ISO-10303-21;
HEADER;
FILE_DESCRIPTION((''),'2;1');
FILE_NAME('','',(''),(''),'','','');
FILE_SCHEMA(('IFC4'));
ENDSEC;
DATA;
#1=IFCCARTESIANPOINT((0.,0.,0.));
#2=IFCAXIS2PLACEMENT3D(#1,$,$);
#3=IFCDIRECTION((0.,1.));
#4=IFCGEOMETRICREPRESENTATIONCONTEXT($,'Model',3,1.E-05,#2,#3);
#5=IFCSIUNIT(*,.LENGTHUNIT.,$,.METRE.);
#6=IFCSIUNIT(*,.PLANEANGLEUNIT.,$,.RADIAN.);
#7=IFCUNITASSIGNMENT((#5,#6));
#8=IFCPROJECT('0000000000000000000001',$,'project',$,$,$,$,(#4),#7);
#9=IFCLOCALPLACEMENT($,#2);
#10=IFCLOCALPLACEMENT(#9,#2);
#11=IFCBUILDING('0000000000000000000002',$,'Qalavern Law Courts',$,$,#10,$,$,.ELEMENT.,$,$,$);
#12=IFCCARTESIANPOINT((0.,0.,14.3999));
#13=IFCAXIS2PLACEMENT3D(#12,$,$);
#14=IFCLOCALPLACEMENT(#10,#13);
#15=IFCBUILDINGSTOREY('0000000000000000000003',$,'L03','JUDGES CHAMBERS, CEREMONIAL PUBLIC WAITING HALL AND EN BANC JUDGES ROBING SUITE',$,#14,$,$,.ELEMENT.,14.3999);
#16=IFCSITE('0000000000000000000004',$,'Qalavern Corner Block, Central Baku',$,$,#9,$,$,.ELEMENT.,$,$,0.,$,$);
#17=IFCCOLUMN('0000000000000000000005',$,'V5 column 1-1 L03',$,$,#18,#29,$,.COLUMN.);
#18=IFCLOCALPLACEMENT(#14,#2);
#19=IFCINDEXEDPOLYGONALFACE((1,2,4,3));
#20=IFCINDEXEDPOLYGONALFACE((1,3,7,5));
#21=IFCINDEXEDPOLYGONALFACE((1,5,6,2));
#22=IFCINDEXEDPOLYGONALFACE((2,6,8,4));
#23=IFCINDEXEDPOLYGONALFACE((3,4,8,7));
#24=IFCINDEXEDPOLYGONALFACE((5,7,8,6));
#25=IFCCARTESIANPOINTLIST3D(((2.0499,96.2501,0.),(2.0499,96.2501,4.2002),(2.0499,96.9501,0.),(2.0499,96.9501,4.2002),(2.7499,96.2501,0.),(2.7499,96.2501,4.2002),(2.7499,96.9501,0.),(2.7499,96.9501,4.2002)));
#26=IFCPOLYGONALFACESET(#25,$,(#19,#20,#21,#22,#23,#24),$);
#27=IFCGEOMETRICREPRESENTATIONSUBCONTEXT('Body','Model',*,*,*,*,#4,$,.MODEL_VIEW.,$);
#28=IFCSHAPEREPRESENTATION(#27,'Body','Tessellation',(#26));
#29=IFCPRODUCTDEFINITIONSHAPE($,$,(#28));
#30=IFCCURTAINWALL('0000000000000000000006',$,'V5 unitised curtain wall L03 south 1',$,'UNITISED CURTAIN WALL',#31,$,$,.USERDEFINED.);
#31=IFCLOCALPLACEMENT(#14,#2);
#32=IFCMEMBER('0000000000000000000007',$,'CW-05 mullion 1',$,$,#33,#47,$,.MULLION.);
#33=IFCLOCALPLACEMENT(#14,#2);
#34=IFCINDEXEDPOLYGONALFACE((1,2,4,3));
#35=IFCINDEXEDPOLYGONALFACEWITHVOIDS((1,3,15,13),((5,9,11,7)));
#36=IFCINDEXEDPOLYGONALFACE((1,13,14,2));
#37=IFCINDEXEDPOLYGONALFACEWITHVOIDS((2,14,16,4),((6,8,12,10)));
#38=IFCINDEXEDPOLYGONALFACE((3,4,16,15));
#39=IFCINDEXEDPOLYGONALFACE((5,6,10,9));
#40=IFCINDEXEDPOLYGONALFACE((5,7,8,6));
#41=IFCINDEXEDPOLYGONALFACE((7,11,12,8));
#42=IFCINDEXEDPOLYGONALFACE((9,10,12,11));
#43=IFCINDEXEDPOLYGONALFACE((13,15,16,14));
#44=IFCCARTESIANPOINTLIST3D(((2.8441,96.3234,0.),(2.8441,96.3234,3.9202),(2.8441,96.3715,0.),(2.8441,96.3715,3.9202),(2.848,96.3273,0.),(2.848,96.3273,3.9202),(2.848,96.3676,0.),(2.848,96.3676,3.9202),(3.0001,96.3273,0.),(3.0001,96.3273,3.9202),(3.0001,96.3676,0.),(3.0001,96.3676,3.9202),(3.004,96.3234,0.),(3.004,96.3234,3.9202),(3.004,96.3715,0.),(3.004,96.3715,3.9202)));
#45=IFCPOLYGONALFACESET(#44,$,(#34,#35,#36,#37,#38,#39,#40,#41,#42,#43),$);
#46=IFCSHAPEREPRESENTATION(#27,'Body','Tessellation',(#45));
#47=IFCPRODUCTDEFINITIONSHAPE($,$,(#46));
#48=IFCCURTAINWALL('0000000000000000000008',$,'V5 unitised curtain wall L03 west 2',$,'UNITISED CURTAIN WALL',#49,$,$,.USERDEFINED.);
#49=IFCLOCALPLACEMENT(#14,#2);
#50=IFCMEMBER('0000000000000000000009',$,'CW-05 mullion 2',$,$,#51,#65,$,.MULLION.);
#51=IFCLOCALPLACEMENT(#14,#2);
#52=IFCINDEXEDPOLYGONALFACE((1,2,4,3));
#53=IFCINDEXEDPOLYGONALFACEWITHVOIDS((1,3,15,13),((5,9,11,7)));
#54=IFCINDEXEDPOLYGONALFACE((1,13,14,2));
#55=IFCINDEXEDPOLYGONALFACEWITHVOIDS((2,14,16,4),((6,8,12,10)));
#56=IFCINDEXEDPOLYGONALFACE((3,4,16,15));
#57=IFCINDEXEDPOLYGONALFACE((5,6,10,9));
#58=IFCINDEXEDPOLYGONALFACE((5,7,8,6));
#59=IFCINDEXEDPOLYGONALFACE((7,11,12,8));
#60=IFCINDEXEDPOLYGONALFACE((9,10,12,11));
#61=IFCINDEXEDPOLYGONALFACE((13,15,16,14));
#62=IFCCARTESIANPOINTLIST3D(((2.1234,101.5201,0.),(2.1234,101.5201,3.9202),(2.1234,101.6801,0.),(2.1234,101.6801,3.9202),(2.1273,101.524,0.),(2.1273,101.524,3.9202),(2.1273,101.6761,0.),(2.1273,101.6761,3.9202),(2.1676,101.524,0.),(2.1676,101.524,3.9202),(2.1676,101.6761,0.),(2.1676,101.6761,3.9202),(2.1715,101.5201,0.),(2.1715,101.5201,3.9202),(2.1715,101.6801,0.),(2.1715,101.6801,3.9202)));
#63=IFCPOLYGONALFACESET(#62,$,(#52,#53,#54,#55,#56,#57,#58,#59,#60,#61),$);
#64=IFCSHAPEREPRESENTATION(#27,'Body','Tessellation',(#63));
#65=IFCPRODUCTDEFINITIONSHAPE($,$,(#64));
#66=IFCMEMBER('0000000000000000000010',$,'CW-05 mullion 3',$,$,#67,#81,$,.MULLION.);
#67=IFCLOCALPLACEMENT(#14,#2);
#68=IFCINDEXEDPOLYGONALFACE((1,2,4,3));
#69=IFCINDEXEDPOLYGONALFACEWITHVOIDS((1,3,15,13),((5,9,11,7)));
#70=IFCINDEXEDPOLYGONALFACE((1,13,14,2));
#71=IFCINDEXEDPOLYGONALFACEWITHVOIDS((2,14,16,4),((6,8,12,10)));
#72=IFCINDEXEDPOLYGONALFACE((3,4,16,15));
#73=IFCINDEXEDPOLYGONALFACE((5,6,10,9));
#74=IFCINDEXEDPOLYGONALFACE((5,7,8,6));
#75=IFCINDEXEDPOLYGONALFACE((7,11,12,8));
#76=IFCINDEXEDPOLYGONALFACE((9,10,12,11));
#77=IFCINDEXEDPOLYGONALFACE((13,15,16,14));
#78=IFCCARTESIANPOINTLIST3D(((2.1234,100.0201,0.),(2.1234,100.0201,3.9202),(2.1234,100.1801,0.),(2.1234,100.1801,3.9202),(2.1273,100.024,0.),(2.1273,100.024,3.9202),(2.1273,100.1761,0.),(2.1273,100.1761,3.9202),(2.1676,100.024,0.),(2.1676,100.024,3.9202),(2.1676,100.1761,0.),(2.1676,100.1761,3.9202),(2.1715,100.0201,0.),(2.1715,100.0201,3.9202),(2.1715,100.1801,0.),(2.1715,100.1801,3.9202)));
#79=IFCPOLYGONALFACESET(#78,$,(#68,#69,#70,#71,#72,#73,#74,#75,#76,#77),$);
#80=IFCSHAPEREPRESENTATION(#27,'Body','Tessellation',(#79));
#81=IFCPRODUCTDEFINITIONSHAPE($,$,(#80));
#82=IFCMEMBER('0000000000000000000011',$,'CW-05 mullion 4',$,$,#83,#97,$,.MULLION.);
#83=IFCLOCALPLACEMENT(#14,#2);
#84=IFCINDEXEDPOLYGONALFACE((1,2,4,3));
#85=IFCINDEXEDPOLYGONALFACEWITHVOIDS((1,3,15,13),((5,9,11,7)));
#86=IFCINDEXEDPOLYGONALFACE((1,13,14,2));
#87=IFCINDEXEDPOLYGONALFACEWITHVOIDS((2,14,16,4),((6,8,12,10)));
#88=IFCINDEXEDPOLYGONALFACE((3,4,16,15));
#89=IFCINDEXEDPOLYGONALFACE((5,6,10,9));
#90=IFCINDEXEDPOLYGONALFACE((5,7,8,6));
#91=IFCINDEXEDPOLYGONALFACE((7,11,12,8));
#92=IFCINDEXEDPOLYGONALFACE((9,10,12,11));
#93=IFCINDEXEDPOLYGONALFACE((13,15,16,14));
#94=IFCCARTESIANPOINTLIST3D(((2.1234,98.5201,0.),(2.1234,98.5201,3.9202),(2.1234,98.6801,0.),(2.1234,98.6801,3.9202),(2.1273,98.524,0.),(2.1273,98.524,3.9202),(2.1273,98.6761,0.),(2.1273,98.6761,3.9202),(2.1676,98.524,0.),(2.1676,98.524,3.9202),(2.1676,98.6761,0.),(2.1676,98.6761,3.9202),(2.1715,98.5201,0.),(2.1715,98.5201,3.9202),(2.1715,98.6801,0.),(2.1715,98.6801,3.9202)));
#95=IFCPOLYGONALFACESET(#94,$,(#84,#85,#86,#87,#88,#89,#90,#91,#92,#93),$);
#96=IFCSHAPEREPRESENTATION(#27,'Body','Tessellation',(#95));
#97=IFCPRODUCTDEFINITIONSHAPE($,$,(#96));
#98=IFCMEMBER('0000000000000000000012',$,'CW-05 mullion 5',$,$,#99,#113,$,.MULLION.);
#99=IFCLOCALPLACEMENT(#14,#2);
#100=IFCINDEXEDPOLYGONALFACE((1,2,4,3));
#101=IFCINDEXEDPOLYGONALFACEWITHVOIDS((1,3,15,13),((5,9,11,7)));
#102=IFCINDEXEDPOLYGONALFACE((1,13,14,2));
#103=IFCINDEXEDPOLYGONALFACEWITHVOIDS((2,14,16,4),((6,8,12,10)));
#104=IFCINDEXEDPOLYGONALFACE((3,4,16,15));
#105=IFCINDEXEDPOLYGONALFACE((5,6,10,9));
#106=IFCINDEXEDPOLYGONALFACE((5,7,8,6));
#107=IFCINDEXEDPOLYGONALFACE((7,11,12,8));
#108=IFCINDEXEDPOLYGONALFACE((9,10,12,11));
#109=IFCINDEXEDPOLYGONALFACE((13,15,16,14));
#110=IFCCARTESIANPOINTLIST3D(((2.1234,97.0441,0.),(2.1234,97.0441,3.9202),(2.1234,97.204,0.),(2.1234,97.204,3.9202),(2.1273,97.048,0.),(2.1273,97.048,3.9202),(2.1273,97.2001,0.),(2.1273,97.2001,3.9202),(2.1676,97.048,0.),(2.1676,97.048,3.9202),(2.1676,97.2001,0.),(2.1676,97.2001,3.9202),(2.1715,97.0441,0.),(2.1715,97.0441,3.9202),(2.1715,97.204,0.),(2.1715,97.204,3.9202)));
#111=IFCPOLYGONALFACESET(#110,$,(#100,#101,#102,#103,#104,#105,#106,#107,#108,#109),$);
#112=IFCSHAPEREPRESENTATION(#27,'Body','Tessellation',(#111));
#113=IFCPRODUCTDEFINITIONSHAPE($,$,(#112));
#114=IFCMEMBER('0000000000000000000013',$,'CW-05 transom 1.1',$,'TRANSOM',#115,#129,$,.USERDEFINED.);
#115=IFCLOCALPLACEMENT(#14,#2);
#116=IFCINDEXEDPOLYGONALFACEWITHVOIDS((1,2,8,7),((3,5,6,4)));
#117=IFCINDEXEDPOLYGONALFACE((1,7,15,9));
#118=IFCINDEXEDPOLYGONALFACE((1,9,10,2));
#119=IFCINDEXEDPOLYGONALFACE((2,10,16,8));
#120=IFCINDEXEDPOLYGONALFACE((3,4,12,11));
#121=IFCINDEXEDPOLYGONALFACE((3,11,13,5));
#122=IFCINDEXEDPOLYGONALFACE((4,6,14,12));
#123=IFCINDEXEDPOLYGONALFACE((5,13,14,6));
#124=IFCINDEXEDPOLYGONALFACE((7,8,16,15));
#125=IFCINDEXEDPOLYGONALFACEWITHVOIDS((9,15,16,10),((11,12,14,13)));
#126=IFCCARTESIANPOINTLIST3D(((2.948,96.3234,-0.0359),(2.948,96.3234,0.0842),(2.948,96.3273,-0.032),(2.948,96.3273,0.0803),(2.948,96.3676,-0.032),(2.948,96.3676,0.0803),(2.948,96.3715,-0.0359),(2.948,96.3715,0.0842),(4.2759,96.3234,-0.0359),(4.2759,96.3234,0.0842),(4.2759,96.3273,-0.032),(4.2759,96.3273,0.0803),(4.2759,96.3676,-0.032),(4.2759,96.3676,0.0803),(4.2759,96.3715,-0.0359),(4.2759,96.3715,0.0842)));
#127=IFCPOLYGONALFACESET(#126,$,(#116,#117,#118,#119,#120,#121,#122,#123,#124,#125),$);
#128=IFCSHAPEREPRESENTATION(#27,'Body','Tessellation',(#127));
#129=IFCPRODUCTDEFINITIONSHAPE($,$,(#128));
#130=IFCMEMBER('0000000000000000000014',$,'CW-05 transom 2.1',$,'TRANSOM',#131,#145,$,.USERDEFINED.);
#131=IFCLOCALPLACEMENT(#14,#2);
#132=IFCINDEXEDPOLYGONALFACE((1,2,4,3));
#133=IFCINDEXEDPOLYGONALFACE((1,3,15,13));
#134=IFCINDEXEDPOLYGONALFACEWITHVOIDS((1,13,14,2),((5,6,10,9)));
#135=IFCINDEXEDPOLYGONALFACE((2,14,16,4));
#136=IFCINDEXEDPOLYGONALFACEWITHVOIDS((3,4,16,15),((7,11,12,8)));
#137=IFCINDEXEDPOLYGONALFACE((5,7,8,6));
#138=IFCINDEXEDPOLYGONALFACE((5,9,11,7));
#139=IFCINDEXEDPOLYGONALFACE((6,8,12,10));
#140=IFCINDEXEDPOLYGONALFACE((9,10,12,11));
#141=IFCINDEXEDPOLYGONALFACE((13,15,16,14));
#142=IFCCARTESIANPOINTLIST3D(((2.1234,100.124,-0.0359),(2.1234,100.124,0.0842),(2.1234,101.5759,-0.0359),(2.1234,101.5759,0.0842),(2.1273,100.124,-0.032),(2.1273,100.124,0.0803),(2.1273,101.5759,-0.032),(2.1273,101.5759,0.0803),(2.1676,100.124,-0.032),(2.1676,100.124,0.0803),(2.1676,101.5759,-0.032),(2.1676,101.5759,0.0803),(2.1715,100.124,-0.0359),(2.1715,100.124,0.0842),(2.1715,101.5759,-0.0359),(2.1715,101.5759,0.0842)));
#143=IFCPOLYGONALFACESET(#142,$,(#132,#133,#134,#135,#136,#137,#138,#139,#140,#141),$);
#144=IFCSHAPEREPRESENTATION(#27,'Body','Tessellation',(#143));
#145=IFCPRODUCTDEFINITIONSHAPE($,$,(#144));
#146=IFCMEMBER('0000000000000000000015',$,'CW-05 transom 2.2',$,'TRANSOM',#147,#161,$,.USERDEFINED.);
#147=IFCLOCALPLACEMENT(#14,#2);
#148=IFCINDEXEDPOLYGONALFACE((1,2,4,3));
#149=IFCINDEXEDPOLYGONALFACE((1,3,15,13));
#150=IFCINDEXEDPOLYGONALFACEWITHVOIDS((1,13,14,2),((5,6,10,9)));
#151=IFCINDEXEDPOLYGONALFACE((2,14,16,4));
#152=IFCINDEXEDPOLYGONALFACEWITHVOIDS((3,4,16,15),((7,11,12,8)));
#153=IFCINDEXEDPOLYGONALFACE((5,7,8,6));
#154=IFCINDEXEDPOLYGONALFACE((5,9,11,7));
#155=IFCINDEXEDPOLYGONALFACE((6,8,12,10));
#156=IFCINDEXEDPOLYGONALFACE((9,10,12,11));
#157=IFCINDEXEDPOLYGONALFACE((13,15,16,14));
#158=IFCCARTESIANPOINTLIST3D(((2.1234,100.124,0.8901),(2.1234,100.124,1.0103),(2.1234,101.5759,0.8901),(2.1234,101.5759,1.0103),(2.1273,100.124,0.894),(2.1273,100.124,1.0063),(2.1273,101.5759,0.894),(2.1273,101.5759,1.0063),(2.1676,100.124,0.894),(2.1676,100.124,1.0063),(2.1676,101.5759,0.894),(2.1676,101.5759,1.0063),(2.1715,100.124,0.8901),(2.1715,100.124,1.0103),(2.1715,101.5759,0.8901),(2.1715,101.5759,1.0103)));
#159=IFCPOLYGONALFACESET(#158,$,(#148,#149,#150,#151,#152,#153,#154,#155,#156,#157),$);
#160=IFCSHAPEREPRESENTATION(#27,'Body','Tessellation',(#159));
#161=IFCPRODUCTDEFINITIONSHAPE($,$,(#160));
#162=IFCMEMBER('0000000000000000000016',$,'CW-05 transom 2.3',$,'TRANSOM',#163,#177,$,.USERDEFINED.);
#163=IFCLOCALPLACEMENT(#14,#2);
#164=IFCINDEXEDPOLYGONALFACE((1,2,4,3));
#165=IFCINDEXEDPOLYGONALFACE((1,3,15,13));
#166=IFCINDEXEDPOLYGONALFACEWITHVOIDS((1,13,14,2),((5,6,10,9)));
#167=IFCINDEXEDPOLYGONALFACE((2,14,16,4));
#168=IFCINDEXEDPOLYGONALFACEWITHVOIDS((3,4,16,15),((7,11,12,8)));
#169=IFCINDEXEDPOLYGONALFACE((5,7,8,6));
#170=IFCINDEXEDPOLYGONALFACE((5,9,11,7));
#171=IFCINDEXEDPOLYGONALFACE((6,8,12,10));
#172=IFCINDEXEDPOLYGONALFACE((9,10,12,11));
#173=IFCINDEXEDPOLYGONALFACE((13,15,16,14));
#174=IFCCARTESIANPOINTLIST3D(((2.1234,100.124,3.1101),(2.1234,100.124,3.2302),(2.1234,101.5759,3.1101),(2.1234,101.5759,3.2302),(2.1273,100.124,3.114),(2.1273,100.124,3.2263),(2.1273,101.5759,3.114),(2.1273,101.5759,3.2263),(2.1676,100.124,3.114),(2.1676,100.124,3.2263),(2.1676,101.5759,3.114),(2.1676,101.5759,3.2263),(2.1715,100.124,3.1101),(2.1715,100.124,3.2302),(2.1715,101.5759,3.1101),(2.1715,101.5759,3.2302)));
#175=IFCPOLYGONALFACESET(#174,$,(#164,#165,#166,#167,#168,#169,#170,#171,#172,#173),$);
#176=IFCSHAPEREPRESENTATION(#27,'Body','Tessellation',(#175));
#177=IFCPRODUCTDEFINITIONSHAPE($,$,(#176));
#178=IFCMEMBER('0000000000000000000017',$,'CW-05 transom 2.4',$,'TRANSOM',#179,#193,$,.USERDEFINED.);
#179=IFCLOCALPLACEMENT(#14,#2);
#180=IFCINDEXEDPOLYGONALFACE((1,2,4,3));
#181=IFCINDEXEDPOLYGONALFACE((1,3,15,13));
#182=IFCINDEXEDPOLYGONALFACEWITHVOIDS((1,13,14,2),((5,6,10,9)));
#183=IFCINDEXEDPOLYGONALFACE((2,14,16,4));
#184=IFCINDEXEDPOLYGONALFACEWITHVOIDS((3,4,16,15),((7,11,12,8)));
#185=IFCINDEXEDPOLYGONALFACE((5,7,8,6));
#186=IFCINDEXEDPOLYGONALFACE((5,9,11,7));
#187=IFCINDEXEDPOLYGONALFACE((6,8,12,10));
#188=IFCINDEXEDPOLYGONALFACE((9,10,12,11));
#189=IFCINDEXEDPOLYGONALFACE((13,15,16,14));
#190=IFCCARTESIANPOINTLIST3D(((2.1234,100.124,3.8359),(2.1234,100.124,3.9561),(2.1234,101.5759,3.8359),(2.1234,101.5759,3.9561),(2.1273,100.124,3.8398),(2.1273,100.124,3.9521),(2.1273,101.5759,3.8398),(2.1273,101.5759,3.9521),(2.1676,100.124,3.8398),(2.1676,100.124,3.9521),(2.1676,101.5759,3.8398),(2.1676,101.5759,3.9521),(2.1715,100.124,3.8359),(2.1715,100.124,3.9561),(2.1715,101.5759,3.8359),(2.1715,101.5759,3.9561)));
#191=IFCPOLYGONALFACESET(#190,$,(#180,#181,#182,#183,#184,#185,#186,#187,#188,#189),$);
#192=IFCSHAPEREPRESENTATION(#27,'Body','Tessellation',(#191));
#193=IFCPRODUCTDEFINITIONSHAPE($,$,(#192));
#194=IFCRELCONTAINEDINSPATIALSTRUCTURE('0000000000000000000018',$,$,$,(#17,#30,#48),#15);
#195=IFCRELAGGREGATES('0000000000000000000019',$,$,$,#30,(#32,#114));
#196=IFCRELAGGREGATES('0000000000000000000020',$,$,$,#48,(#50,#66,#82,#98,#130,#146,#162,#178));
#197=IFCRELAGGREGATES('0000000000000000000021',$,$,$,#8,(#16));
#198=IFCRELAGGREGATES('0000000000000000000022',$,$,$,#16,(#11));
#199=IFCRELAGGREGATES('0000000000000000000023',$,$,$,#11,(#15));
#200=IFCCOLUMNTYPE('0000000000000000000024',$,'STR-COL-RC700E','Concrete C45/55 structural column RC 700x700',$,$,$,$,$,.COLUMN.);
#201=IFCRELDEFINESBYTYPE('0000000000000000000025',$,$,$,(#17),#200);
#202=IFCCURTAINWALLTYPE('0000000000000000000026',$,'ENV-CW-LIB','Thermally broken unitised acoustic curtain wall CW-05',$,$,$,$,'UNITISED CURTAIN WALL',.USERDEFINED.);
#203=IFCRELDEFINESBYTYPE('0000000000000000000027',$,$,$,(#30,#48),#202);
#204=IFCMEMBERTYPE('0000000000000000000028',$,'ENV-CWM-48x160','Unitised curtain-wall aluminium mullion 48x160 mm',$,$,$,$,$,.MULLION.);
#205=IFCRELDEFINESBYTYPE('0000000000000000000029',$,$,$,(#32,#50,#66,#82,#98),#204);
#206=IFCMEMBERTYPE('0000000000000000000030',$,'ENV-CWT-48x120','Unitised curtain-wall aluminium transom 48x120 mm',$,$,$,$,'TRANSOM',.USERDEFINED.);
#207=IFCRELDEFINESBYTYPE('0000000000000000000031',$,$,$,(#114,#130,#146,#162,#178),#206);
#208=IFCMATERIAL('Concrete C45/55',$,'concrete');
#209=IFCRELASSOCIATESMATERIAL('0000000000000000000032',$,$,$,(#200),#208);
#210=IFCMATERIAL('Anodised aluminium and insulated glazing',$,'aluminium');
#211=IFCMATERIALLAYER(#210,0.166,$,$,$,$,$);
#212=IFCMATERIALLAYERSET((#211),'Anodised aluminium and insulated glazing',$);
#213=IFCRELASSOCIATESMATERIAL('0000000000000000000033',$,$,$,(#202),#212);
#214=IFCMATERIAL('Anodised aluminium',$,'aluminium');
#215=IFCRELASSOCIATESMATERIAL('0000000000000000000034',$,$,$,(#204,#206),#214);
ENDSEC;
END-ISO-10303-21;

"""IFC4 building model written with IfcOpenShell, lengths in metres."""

from ifc_helpers import new_model, si_unit, direction, frame, origin, origin_2d, place, context, subcontext, project, spatial, rectangle, hollow_rectangle, extrude, material, layer, layer_set, material_profile, profile_set, type_object, element, aggregate, save


model = new_model("IFC4")

# Units and contexts
model_context = context("Model", 3, precision=1e-05, world=origin(), true_north=direction((0.0, 1.0)))
body_context = subcontext(model_context, "Body", "Model", "MODEL_VIEW")
ifc_project = project(units=[si_unit("LENGTHUNIT", "METRE"), si_unit("PLANEANGLEUNIT", "RADIAN")], contexts=[model_context])

# Site, building, storey
site_placement = place(None, origin())
site = spatial("IfcSite", under=ifc_project, at=site_placement, Name="Qalavern Corner Block, Central Baku", CompositionType="ELEMENT", RefElevation=0.0)
building_placement = place(site_placement, origin())
building = spatial("IfcBuilding", under=site, at=building_placement, Name="Qalavern Law Courts", CompositionType="ELEMENT")
storey_placement = place(building_placement, frame((0.0, 0.0, 14.3999)))
storey = spatial("IfcBuildingStorey", under=building, at=storey_placement, Name="L03", Description="JUDGES CHAMBERS, CEREMONIAL PUBLIC WAITING HALL AND EN BANC JUDGES ROBING SUITE", CompositionType="ELEMENT", Elevation=14.3999)

# Column
ifc_material_1 = material(Name="Concrete C45/55", Category="concrete")
ifc_material_profile_1 = material_profile(ifc_material_1, rectangle(XDim=0.7, YDim=0.7, at=origin_2d()), Name="RC 700x700")
ifc_profile_set_1 = profile_set([ifc_material_profile_1], Name="Concrete C45/55")
column_type = type_object("IfcColumnType", Name="STR-COL-RC700E", Description="Concrete C45/55 structural column RC 700x700", PredefinedType="COLUMN", material=ifc_profile_set_1)
column_placement = place(storey_placement, frame((2.3999, 96.6001, 0.0), z_axis=(0.0, 0.0, 1.0), x_axis=(1.0, 0.0, 0.0)))
element("IfcColumn", 1, at=column_placement, inside=storey, type_object=column_type, Name="V5 column 1-1 L03", PredefinedType="COLUMN", context=body_context, shape_type="SweptSolid", body=[
    extrude(rectangle(XDim=0.7, YDim=0.7, at=origin_2d()), origin(), (0.0, 0.0, 1.0), 4.2002),
])

# Curtain wall, member
ifc_material_2 = material(Name="Anodised aluminium and insulated glazing", Category="aluminium")
ifc_layer_1 = layer(ifc_material_2, 0.166)
ifc_layer_set_1 = layer_set([ifc_layer_1], Name="Anodised aluminium and insulated glazing")
curtain_wall_type = type_object("IfcCurtainWallType", Name="ENV-CW-LIB", Description="Thermally broken unitised acoustic curtain wall CW-05", ElementType="UNITISED CURTAIN WALL", PredefinedType="USERDEFINED", material=ifc_layer_set_1)
curtain_wall_1_placement = place(storey_placement, origin())
curtain_wall_1 = element("IfcCurtainWall", 2, at=curtain_wall_1_placement, inside=storey, type_object=curtain_wall_type, Name="V5 unitised curtain wall L03 south 1", ObjectType="UNITISED CURTAIN WALL", PredefinedType="USERDEFINED")
ifc_material_3 = material(Name="Anodised aluminium", Category="aluminium")
ifc_material_profile_2 = material_profile(ifc_material_3, hollow_rectangle(XDim=0.0481, YDim=0.1599, WallThickness=0.0039, at=origin_2d()), Name="ALU MULLION 48x160")
ifc_profile_set_2 = profile_set([ifc_material_profile_2], Name="Anodised aluminium")
member_type_1 = type_object("IfcMemberType", Name="ENV-CWM-48x160", Description="Unitised curtain-wall aluminium mullion 48x160 mm", PredefinedType="MULLION", material=ifc_profile_set_2)
member_1_placement = place(storey_placement, frame((2.9241, 96.3474, 0.0), z_axis=(0.0, 0.0, 1.0), x_axis=(0.0, 1.0, 0.0)))
member_1 = element("IfcMember", 3, at=member_1_placement, type_object=member_type_1, Name="CW-05 mullion 1", PredefinedType="MULLION", context=body_context, shape_type="SweptSolid", body=[
    extrude(hollow_rectangle(XDim=0.0481, YDim=0.1599, WallThickness=0.0039, at=origin_2d()), origin(), (0.0, 0.0, 1.0), 3.9202),
])

# Curtain wall, members
curtain_wall_2_placement = place(storey_placement, origin())
curtain_wall_2 = element("IfcCurtainWall", 4, at=curtain_wall_2_placement, inside=storey, type_object=curtain_wall_type, Name="V5 unitised curtain wall L03 west 2", ObjectType="UNITISED CURTAIN WALL", PredefinedType="USERDEFINED")
member_2_placement = place(storey_placement, frame((2.1475, 101.6001, 0.0), z_axis=(0.0, 0.0, 1.0), x_axis=(1.0, 0.0, 0.0)))
member_2 = element("IfcMember", 5, at=member_2_placement, type_object=member_type_1, Name="CW-05 mullion 2", PredefinedType="MULLION", context=body_context, shape_type="SweptSolid", body=[
    extrude(hollow_rectangle(XDim=0.0481, YDim=0.1599, WallThickness=0.0039, at=origin_2d()), origin(), (0.0, 0.0, 1.0), 3.9202),
])
member_3_placement = place(storey_placement, frame((2.1475, 100.1001, 0.0), z_axis=(0.0, 0.0, 1.0), x_axis=(1.0, 0.0, 0.0)))
member_3 = element("IfcMember", 6, at=member_3_placement, type_object=member_type_1, Name="CW-05 mullion 3", PredefinedType="MULLION", context=body_context, shape_type="SweptSolid", body=[
    extrude(hollow_rectangle(XDim=0.0481, YDim=0.1599, WallThickness=0.0039, at=origin_2d()), origin(), (0.0, 0.0, 1.0), 3.9202),
])
member_4_placement = place(storey_placement, frame((2.1475, 98.6001, 0.0), z_axis=(0.0, 0.0, 1.0), x_axis=(1.0, 0.0, 0.0)))
member_4 = element("IfcMember", 7, at=member_4_placement, type_object=member_type_1, Name="CW-05 mullion 4", PredefinedType="MULLION", context=body_context, shape_type="SweptSolid", body=[
    extrude(hollow_rectangle(XDim=0.0481, YDim=0.1599, WallThickness=0.0039, at=origin_2d()), origin(), (0.0, 0.0, 1.0), 3.9202),
])
member_5_placement = place(storey_placement, frame((2.1475, 97.124, 0.0), z_axis=(0.0, 0.0, 1.0), x_axis=(1.0, 0.0, 0.0)))
member_5 = element("IfcMember", 8, at=member_5_placement, type_object=member_type_1, Name="CW-05 mullion 5", PredefinedType="MULLION", context=body_context, shape_type="SweptSolid", body=[
    extrude(hollow_rectangle(XDim=0.0481, YDim=0.1599, WallThickness=0.0039, at=origin_2d()), origin(), (0.0, 0.0, 1.0), 3.9202),
])

# Members
ifc_material_profile_3 = material_profile(ifc_material_3, hollow_rectangle(XDim=0.0481, YDim=0.1201, WallThickness=0.0039, at=origin_2d()), Name="ALU TRANSOM 48x120")
ifc_profile_set_3 = profile_set([ifc_material_profile_3], Name="Anodised aluminium")
member_type_2 = type_object("IfcMemberType", Name="ENV-CWT-48x120", Description="Unitised curtain-wall aluminium transom 48x120 mm", ElementType="TRANSOM", PredefinedType="USERDEFINED", material=ifc_profile_set_3)
member_6_placement = place(storey_placement, frame((2.948, 96.3474, 0.0242), z_axis=(1.0, 0.0, 0.0), x_axis=(0.0, 1.0, 0.0)))
member_6 = element("IfcMember", 9, at=member_6_placement, type_object=member_type_2, Name="CW-05 transom 1.1", ObjectType="TRANSOM", PredefinedType="USERDEFINED", context=body_context, shape_type="SweptSolid", body=[
    extrude(hollow_rectangle(XDim=0.0481, YDim=0.1201, WallThickness=0.0039, at=origin_2d()), origin(), (0.0, 0.0, 1.0), 1.3279),
])
aggregate(curtain_wall_1, [member_1, member_6])
member_7_placement = place(storey_placement, frame((2.1475, 101.5759, 0.0242), z_axis=(0.0, -1.0, 0.0), x_axis=(1.0, 0.0, 0.0)))
member_7 = element("IfcMember", 10, at=member_7_placement, type_object=member_type_2, Name="CW-05 transom 2.1", ObjectType="TRANSOM", PredefinedType="USERDEFINED", context=body_context, shape_type="SweptSolid", body=[
    extrude(hollow_rectangle(XDim=0.0481, YDim=0.1201, WallThickness=0.0039, at=origin_2d()), origin(), (0.0, 0.0, 1.0), 1.4519),
])
member_8_placement = place(storey_placement, frame((2.1475, 101.5759, 0.9502), z_axis=(0.0, -1.0, 0.0), x_axis=(1.0, 0.0, 0.0)))
member_8 = element("IfcMember", 11, at=member_8_placement, type_object=member_type_2, Name="CW-05 transom 2.2", ObjectType="TRANSOM", PredefinedType="USERDEFINED", context=body_context, shape_type="SweptSolid", body=[
    extrude(hollow_rectangle(XDim=0.0481, YDim=0.1201, WallThickness=0.0039, at=origin_2d()), origin(), (0.0, 0.0, 1.0), 1.4519),
])
member_9_placement = place(storey_placement, frame((2.1475, 101.5759, 3.1702), z_axis=(0.0, -1.0, 0.0), x_axis=(1.0, 0.0, 0.0)))
member_9 = element("IfcMember", 12, at=member_9_placement, type_object=member_type_2, Name="CW-05 transom 2.3", ObjectType="TRANSOM", PredefinedType="USERDEFINED", context=body_context, shape_type="SweptSolid", body=[
    extrude(hollow_rectangle(XDim=0.0481, YDim=0.1201, WallThickness=0.0039, at=origin_2d()), origin(), (0.0, 0.0, 1.0), 1.4519),
])
member_10_placement = place(storey_placement, frame((2.1475, 101.5759, 3.896), z_axis=(0.0, -1.0, 0.0), x_axis=(1.0, 0.0, 0.0)))
member_10 = element("IfcMember", 13, at=member_10_placement, type_object=member_type_2, Name="CW-05 transom 2.4", ObjectType="TRANSOM", PredefinedType="USERDEFINED", context=body_context, shape_type="SweptSolid", body=[
    extrude(hollow_rectangle(XDim=0.0481, YDim=0.1201, WallThickness=0.0039, at=origin_2d()), origin(), (0.0, 0.0, 1.0), 1.4519),
])

aggregate(curtain_wall_2, [member_2, member_3, member_4, member_5, member_7, member_8, member_9, member_10])

save(model, "model.ifc")
